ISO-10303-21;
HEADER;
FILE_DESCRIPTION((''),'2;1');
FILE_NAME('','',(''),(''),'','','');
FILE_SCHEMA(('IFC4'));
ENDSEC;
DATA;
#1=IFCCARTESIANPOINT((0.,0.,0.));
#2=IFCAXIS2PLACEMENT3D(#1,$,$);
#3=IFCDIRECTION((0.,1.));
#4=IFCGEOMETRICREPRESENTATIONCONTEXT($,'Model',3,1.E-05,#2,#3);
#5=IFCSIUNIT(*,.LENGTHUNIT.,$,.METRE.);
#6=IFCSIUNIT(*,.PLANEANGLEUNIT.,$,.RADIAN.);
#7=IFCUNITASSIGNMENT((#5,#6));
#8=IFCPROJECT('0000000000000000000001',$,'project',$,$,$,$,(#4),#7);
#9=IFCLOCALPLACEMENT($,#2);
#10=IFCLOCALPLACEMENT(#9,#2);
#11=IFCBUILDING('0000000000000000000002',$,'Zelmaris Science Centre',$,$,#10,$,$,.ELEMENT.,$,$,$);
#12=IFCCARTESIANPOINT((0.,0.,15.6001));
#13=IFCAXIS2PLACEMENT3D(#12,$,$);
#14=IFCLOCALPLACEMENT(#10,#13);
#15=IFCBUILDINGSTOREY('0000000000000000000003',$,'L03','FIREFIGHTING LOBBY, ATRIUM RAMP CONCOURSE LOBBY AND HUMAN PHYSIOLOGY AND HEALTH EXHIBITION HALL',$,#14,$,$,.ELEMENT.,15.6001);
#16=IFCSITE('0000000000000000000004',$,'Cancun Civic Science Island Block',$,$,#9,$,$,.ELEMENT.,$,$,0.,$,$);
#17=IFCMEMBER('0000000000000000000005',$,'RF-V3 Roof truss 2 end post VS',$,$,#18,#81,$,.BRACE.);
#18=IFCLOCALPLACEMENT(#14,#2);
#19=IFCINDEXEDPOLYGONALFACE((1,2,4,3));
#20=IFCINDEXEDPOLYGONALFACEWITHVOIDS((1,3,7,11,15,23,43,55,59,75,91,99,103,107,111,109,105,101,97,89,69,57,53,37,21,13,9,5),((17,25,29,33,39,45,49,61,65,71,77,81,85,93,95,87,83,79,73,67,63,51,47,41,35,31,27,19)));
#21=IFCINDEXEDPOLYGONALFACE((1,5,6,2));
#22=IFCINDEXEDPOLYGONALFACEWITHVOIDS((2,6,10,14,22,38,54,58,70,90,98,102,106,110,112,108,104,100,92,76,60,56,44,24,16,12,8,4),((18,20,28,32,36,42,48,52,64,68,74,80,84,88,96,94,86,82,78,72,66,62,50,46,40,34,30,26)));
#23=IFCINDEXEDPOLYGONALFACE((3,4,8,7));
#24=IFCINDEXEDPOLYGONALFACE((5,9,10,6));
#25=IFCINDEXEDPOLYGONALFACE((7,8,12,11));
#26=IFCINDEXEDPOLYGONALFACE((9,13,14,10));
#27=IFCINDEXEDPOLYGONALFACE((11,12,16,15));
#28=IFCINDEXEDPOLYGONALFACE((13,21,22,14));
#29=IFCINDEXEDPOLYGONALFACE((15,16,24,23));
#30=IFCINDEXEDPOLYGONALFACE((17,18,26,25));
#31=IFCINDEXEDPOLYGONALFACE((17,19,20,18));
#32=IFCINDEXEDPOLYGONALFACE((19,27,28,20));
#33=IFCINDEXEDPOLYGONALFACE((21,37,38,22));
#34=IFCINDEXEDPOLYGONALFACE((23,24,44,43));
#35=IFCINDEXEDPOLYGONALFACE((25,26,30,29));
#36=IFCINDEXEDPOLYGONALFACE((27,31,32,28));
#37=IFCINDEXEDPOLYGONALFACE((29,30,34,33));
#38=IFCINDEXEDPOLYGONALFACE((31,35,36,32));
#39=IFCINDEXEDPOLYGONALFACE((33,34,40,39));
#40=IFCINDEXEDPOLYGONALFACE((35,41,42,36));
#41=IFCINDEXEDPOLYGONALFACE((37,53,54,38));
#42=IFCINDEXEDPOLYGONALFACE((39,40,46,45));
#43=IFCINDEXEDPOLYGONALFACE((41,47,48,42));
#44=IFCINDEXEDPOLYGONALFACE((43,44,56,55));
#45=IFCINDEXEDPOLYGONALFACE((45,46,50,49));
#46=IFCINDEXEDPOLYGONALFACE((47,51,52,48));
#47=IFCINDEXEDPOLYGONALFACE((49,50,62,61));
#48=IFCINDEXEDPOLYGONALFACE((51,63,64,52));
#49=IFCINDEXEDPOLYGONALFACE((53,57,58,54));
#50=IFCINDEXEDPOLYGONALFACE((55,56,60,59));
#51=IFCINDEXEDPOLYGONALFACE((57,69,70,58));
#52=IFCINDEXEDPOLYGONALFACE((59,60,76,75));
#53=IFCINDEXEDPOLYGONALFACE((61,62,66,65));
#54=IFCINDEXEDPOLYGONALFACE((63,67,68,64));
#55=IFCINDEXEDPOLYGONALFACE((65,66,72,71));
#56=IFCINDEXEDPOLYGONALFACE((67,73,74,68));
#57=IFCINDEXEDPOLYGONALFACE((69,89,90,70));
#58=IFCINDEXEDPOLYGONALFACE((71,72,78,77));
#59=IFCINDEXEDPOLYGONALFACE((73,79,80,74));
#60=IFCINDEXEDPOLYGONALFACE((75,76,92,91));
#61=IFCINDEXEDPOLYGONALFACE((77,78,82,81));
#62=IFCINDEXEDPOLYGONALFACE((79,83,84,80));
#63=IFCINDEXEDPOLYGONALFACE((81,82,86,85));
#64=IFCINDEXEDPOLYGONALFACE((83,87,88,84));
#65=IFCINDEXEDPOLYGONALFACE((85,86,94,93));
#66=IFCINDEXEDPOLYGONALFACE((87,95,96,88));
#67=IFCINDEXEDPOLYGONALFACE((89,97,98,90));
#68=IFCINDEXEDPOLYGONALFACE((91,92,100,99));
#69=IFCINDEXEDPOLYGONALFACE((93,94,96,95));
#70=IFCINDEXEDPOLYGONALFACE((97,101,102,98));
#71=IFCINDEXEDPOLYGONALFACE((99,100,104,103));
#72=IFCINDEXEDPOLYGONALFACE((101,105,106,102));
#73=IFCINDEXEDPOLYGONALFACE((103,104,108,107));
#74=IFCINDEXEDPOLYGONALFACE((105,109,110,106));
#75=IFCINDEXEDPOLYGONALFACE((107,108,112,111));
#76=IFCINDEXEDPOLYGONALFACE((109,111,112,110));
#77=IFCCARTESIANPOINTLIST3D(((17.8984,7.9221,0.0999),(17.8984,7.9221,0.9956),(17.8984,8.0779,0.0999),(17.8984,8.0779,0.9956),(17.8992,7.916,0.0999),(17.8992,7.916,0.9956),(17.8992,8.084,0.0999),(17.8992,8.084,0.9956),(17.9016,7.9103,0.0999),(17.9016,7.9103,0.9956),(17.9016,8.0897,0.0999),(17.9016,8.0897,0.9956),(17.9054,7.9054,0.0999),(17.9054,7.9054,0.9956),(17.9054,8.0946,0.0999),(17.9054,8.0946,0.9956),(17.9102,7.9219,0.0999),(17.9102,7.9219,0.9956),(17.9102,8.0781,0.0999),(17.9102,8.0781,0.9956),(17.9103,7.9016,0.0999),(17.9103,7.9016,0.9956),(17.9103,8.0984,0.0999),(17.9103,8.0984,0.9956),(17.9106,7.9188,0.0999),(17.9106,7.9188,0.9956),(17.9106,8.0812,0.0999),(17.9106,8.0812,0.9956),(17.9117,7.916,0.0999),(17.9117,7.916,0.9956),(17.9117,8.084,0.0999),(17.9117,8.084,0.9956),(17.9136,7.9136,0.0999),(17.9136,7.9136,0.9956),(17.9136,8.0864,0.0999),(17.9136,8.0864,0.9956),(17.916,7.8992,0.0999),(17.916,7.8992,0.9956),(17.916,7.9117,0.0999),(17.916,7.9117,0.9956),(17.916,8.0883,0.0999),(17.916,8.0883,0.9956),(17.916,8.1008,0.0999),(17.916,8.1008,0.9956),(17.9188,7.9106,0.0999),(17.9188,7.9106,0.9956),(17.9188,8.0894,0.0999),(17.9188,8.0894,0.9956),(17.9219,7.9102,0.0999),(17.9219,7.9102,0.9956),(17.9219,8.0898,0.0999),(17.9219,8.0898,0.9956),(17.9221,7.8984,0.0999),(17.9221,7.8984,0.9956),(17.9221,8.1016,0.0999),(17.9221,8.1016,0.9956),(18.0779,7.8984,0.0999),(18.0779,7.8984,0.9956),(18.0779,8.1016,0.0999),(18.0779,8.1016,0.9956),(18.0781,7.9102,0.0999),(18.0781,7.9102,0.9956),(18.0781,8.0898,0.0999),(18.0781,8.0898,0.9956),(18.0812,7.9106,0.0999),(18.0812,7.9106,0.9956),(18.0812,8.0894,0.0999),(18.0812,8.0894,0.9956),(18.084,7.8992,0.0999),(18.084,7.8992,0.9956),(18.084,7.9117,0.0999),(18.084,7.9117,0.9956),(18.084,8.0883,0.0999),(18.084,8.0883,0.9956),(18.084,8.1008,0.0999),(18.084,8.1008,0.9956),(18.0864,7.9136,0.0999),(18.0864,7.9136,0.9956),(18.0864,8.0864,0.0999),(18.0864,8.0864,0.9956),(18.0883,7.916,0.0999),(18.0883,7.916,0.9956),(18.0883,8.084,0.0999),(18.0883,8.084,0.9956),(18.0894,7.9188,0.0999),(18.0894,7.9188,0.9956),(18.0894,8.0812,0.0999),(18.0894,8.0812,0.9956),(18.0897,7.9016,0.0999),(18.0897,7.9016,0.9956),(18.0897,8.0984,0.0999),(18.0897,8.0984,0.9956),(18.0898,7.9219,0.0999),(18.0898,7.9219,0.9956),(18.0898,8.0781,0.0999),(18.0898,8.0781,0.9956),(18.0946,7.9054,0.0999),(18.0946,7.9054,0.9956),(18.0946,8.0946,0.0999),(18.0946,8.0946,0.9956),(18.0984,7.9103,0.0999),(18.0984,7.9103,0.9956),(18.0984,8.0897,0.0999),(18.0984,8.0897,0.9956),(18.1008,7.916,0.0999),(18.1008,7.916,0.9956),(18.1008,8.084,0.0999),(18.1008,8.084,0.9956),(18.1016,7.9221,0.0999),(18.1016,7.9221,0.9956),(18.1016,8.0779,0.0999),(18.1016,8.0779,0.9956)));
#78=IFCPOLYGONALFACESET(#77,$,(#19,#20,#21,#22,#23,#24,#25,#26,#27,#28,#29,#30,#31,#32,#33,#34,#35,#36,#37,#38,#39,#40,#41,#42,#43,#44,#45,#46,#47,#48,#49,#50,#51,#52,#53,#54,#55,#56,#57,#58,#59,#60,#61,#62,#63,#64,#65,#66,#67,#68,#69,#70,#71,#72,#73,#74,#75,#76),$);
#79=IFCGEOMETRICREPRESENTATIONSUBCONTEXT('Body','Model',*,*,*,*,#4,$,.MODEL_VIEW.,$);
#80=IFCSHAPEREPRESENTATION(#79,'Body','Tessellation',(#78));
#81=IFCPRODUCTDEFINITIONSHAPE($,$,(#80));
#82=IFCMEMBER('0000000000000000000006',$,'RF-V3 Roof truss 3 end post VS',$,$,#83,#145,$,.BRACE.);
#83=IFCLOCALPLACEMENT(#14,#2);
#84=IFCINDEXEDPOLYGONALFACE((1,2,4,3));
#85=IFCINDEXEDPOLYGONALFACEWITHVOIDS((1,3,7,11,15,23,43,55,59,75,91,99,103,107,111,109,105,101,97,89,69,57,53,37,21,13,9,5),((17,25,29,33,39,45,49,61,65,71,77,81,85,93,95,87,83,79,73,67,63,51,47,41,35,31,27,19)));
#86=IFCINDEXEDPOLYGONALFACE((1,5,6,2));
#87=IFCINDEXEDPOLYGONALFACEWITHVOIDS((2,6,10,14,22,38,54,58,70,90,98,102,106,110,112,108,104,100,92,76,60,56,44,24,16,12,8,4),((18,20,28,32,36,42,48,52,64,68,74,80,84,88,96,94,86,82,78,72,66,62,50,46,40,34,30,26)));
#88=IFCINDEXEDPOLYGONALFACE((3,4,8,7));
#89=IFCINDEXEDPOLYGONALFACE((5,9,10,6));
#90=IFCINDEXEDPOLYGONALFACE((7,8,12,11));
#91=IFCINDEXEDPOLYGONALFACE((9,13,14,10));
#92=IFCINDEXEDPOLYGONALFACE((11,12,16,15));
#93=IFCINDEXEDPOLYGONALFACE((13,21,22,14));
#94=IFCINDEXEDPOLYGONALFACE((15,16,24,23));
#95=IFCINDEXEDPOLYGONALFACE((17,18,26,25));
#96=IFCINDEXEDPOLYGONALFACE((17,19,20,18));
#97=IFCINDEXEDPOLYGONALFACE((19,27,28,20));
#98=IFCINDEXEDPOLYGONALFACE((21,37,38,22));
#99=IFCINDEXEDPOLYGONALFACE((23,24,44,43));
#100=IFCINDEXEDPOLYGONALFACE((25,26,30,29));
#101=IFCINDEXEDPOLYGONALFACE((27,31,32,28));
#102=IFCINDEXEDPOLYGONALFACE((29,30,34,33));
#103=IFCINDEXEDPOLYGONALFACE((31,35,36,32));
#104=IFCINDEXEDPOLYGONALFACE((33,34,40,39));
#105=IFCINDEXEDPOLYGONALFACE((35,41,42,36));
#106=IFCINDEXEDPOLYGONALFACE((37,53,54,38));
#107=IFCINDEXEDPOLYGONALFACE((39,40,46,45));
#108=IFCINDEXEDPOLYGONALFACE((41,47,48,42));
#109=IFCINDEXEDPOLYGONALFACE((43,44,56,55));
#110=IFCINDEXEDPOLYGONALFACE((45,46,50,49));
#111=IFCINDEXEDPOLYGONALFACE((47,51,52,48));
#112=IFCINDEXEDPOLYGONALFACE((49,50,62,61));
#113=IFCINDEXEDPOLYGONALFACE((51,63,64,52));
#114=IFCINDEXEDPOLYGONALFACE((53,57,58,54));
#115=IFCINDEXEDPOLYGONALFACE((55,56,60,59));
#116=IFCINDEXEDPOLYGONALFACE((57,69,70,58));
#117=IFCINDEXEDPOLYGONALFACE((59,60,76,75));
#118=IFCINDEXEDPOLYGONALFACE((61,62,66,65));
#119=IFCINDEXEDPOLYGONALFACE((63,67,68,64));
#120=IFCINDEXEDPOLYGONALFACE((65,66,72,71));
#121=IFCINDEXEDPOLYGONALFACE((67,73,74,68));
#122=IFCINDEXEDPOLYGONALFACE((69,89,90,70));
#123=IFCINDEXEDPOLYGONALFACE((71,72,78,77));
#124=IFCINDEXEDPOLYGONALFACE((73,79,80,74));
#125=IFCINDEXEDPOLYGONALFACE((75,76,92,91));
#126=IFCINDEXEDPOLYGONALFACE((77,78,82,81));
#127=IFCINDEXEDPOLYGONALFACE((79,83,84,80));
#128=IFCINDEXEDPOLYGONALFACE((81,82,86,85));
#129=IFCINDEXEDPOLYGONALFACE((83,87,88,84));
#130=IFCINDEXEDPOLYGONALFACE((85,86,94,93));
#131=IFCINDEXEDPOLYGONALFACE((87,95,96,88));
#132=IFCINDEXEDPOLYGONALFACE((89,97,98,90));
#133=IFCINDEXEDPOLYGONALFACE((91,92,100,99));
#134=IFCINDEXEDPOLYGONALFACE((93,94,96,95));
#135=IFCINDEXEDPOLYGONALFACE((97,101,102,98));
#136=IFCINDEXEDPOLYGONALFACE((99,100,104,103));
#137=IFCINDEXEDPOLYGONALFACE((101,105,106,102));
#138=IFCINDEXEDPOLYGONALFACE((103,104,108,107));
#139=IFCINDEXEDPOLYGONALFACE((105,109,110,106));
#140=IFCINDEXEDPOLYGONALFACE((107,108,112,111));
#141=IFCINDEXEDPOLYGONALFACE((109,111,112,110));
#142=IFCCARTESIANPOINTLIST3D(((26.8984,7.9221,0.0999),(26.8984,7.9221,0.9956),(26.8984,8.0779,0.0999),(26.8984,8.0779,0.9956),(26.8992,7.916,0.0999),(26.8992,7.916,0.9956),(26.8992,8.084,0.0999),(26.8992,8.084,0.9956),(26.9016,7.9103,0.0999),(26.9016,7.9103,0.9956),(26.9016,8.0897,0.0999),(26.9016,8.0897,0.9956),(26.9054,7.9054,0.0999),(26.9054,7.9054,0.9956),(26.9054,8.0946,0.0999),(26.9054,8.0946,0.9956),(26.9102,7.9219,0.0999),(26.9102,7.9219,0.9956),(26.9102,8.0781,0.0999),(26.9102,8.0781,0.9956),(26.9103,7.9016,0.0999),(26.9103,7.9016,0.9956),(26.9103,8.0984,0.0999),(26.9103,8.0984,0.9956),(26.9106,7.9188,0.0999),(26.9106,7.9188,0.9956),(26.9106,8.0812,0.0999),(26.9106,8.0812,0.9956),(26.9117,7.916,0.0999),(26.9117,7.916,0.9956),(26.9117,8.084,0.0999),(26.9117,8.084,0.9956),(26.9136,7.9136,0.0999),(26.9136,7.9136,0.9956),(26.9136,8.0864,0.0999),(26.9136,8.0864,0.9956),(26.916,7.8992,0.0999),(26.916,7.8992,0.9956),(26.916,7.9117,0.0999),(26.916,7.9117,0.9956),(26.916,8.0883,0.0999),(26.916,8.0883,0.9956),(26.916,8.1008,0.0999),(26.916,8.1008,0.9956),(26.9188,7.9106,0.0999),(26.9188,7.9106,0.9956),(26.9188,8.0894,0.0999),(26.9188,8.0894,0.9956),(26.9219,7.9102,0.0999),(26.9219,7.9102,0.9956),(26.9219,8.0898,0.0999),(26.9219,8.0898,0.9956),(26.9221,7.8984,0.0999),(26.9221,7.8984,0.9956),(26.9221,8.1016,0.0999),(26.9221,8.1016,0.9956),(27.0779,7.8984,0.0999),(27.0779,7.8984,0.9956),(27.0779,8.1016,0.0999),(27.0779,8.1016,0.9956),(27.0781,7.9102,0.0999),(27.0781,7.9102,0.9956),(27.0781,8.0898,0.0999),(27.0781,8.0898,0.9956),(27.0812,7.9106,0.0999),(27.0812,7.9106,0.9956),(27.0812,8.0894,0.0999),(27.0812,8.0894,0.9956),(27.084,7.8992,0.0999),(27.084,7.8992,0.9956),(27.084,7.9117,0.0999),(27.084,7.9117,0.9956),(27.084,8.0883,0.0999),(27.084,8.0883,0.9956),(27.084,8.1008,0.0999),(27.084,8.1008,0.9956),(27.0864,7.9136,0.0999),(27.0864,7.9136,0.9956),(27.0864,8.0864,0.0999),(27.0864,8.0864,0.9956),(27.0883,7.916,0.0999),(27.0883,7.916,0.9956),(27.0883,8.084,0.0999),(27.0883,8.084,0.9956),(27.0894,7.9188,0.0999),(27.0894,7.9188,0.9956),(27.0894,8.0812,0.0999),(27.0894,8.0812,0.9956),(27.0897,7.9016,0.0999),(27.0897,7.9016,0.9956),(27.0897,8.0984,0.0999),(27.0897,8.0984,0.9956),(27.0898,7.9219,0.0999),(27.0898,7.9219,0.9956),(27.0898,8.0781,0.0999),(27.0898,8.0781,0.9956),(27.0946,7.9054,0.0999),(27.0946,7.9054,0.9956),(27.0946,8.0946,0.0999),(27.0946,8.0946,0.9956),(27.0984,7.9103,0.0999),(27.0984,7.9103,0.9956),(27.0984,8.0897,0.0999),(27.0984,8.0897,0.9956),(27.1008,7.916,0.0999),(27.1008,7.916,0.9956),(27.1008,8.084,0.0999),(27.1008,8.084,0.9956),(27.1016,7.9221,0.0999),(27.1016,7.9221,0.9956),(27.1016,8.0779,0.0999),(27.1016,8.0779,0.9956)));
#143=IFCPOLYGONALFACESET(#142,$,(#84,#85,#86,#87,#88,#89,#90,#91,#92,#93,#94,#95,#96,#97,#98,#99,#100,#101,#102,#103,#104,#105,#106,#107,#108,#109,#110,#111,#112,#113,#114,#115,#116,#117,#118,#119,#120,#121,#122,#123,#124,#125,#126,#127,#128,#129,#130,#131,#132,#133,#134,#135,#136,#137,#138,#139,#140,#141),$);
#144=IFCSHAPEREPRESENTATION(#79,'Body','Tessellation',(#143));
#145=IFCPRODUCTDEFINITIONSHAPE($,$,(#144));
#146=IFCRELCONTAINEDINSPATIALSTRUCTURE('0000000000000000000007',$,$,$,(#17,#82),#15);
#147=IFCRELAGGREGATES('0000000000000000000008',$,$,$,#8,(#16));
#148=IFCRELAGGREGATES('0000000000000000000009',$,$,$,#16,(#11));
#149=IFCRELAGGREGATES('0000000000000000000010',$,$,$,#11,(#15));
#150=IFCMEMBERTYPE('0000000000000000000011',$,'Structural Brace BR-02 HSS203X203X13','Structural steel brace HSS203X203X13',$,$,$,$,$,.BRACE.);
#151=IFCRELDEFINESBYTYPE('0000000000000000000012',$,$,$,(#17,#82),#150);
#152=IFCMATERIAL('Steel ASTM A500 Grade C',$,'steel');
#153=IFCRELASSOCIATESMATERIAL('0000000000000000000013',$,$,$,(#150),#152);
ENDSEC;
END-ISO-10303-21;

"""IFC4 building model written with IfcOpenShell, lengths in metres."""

from ifc_helpers import new_model, si_unit, direction, frame, origin, origin_2d, place, context, subcontext, project, spatial, hollow_rectangle, extrude, material, material_profile, profile_set, type_object, element, save


model = new_model("IFC4")

# Units and contexts
model_context = context("Model", 3, precision=1e-05, world=origin(), true_north=direction((0.0, 1.0)))
body_context = subcontext(model_context, "Body", "Model", "MODEL_VIEW")
ifc_project = project(units=[si_unit("LENGTHUNIT", "METRE"), si_unit("PLANEANGLEUNIT", "RADIAN")], contexts=[model_context])

# Site, building, storey
site_placement = place(None, origin())
site = spatial("IfcSite", under=ifc_project, at=site_placement, Name="Cancun Civic Science Island Block", CompositionType="ELEMENT", RefElevation=0.0)
building_placement = place(site_placement, origin())
building = spatial("IfcBuilding", under=site, at=building_placement, Name="Zelmaris Science Centre", CompositionType="ELEMENT")
storey_placement = place(building_placement, frame((0.0, 0.0, 15.6001)))
storey = spatial("IfcBuildingStorey", under=building, at=storey_placement, Name="L03", Description="FIREFIGHTING LOBBY, ATRIUM RAMP CONCOURSE LOBBY AND HUMAN PHYSIOLOGY AND HEALTH EXHIBITION HALL", CompositionType="ELEMENT", Elevation=15.6001)

# Shared definitions
ifc_material = material(Name="Steel ASTM A500 Grade C", Category="steel")

# Members
ifc_material_profile_1 = material_profile(ifc_material, hollow_rectangle(XDim=0.2031, YDim=0.2031, WallThickness=0.0117, InnerFilletRadius=0.0117, OuterFilletRadius=0.0237, at=origin_2d()), Name="HSS203X203X13")
ifc_profile_set_1 = profile_set([ifc_material_profile_1], Name="Steel ASTM A500 Grade C")
member_type_1 = type_object("IfcMemberType", Name="Structural Brace BR-02 HSS203X203X13", Description="Structural steel brace HSS203X203X13", PredefinedType="BRACE", material=ifc_profile_set_1)
for number, where, z_axis, x_axis, name in (
    (1, (18.0, 8.0, 0.0999), (0.0, 0.0, 1.0), (1.0, 0.0, 0.0), "RF-V3 Roof truss 2 end post VS"),
    (2, (27.0, 8.0, 0.0999), (0.0, 0.0, 1.0), (1.0, 0.0, 0.0), "RF-V3 Roof truss 3 end post VS"),
):
    element("IfcMember", number, at=place(storey_placement, frame(where, z_axis=z_axis, x_axis=x_axis)), inside=storey, type_object=member_type_1, Name=name, PredefinedType="BRACE", context=body_context, shape_type="SweptSolid", body=[
        extrude(hollow_rectangle(XDim=0.2031, YDim=0.2031, WallThickness=0.0117, InnerFilletRadius=0.0117, OuterFilletRadius=0.0237, at=origin_2d()), origin(), (0.0, 0.0, 1.0), 0.8958),
    ])

save(model, "model.ifc")
